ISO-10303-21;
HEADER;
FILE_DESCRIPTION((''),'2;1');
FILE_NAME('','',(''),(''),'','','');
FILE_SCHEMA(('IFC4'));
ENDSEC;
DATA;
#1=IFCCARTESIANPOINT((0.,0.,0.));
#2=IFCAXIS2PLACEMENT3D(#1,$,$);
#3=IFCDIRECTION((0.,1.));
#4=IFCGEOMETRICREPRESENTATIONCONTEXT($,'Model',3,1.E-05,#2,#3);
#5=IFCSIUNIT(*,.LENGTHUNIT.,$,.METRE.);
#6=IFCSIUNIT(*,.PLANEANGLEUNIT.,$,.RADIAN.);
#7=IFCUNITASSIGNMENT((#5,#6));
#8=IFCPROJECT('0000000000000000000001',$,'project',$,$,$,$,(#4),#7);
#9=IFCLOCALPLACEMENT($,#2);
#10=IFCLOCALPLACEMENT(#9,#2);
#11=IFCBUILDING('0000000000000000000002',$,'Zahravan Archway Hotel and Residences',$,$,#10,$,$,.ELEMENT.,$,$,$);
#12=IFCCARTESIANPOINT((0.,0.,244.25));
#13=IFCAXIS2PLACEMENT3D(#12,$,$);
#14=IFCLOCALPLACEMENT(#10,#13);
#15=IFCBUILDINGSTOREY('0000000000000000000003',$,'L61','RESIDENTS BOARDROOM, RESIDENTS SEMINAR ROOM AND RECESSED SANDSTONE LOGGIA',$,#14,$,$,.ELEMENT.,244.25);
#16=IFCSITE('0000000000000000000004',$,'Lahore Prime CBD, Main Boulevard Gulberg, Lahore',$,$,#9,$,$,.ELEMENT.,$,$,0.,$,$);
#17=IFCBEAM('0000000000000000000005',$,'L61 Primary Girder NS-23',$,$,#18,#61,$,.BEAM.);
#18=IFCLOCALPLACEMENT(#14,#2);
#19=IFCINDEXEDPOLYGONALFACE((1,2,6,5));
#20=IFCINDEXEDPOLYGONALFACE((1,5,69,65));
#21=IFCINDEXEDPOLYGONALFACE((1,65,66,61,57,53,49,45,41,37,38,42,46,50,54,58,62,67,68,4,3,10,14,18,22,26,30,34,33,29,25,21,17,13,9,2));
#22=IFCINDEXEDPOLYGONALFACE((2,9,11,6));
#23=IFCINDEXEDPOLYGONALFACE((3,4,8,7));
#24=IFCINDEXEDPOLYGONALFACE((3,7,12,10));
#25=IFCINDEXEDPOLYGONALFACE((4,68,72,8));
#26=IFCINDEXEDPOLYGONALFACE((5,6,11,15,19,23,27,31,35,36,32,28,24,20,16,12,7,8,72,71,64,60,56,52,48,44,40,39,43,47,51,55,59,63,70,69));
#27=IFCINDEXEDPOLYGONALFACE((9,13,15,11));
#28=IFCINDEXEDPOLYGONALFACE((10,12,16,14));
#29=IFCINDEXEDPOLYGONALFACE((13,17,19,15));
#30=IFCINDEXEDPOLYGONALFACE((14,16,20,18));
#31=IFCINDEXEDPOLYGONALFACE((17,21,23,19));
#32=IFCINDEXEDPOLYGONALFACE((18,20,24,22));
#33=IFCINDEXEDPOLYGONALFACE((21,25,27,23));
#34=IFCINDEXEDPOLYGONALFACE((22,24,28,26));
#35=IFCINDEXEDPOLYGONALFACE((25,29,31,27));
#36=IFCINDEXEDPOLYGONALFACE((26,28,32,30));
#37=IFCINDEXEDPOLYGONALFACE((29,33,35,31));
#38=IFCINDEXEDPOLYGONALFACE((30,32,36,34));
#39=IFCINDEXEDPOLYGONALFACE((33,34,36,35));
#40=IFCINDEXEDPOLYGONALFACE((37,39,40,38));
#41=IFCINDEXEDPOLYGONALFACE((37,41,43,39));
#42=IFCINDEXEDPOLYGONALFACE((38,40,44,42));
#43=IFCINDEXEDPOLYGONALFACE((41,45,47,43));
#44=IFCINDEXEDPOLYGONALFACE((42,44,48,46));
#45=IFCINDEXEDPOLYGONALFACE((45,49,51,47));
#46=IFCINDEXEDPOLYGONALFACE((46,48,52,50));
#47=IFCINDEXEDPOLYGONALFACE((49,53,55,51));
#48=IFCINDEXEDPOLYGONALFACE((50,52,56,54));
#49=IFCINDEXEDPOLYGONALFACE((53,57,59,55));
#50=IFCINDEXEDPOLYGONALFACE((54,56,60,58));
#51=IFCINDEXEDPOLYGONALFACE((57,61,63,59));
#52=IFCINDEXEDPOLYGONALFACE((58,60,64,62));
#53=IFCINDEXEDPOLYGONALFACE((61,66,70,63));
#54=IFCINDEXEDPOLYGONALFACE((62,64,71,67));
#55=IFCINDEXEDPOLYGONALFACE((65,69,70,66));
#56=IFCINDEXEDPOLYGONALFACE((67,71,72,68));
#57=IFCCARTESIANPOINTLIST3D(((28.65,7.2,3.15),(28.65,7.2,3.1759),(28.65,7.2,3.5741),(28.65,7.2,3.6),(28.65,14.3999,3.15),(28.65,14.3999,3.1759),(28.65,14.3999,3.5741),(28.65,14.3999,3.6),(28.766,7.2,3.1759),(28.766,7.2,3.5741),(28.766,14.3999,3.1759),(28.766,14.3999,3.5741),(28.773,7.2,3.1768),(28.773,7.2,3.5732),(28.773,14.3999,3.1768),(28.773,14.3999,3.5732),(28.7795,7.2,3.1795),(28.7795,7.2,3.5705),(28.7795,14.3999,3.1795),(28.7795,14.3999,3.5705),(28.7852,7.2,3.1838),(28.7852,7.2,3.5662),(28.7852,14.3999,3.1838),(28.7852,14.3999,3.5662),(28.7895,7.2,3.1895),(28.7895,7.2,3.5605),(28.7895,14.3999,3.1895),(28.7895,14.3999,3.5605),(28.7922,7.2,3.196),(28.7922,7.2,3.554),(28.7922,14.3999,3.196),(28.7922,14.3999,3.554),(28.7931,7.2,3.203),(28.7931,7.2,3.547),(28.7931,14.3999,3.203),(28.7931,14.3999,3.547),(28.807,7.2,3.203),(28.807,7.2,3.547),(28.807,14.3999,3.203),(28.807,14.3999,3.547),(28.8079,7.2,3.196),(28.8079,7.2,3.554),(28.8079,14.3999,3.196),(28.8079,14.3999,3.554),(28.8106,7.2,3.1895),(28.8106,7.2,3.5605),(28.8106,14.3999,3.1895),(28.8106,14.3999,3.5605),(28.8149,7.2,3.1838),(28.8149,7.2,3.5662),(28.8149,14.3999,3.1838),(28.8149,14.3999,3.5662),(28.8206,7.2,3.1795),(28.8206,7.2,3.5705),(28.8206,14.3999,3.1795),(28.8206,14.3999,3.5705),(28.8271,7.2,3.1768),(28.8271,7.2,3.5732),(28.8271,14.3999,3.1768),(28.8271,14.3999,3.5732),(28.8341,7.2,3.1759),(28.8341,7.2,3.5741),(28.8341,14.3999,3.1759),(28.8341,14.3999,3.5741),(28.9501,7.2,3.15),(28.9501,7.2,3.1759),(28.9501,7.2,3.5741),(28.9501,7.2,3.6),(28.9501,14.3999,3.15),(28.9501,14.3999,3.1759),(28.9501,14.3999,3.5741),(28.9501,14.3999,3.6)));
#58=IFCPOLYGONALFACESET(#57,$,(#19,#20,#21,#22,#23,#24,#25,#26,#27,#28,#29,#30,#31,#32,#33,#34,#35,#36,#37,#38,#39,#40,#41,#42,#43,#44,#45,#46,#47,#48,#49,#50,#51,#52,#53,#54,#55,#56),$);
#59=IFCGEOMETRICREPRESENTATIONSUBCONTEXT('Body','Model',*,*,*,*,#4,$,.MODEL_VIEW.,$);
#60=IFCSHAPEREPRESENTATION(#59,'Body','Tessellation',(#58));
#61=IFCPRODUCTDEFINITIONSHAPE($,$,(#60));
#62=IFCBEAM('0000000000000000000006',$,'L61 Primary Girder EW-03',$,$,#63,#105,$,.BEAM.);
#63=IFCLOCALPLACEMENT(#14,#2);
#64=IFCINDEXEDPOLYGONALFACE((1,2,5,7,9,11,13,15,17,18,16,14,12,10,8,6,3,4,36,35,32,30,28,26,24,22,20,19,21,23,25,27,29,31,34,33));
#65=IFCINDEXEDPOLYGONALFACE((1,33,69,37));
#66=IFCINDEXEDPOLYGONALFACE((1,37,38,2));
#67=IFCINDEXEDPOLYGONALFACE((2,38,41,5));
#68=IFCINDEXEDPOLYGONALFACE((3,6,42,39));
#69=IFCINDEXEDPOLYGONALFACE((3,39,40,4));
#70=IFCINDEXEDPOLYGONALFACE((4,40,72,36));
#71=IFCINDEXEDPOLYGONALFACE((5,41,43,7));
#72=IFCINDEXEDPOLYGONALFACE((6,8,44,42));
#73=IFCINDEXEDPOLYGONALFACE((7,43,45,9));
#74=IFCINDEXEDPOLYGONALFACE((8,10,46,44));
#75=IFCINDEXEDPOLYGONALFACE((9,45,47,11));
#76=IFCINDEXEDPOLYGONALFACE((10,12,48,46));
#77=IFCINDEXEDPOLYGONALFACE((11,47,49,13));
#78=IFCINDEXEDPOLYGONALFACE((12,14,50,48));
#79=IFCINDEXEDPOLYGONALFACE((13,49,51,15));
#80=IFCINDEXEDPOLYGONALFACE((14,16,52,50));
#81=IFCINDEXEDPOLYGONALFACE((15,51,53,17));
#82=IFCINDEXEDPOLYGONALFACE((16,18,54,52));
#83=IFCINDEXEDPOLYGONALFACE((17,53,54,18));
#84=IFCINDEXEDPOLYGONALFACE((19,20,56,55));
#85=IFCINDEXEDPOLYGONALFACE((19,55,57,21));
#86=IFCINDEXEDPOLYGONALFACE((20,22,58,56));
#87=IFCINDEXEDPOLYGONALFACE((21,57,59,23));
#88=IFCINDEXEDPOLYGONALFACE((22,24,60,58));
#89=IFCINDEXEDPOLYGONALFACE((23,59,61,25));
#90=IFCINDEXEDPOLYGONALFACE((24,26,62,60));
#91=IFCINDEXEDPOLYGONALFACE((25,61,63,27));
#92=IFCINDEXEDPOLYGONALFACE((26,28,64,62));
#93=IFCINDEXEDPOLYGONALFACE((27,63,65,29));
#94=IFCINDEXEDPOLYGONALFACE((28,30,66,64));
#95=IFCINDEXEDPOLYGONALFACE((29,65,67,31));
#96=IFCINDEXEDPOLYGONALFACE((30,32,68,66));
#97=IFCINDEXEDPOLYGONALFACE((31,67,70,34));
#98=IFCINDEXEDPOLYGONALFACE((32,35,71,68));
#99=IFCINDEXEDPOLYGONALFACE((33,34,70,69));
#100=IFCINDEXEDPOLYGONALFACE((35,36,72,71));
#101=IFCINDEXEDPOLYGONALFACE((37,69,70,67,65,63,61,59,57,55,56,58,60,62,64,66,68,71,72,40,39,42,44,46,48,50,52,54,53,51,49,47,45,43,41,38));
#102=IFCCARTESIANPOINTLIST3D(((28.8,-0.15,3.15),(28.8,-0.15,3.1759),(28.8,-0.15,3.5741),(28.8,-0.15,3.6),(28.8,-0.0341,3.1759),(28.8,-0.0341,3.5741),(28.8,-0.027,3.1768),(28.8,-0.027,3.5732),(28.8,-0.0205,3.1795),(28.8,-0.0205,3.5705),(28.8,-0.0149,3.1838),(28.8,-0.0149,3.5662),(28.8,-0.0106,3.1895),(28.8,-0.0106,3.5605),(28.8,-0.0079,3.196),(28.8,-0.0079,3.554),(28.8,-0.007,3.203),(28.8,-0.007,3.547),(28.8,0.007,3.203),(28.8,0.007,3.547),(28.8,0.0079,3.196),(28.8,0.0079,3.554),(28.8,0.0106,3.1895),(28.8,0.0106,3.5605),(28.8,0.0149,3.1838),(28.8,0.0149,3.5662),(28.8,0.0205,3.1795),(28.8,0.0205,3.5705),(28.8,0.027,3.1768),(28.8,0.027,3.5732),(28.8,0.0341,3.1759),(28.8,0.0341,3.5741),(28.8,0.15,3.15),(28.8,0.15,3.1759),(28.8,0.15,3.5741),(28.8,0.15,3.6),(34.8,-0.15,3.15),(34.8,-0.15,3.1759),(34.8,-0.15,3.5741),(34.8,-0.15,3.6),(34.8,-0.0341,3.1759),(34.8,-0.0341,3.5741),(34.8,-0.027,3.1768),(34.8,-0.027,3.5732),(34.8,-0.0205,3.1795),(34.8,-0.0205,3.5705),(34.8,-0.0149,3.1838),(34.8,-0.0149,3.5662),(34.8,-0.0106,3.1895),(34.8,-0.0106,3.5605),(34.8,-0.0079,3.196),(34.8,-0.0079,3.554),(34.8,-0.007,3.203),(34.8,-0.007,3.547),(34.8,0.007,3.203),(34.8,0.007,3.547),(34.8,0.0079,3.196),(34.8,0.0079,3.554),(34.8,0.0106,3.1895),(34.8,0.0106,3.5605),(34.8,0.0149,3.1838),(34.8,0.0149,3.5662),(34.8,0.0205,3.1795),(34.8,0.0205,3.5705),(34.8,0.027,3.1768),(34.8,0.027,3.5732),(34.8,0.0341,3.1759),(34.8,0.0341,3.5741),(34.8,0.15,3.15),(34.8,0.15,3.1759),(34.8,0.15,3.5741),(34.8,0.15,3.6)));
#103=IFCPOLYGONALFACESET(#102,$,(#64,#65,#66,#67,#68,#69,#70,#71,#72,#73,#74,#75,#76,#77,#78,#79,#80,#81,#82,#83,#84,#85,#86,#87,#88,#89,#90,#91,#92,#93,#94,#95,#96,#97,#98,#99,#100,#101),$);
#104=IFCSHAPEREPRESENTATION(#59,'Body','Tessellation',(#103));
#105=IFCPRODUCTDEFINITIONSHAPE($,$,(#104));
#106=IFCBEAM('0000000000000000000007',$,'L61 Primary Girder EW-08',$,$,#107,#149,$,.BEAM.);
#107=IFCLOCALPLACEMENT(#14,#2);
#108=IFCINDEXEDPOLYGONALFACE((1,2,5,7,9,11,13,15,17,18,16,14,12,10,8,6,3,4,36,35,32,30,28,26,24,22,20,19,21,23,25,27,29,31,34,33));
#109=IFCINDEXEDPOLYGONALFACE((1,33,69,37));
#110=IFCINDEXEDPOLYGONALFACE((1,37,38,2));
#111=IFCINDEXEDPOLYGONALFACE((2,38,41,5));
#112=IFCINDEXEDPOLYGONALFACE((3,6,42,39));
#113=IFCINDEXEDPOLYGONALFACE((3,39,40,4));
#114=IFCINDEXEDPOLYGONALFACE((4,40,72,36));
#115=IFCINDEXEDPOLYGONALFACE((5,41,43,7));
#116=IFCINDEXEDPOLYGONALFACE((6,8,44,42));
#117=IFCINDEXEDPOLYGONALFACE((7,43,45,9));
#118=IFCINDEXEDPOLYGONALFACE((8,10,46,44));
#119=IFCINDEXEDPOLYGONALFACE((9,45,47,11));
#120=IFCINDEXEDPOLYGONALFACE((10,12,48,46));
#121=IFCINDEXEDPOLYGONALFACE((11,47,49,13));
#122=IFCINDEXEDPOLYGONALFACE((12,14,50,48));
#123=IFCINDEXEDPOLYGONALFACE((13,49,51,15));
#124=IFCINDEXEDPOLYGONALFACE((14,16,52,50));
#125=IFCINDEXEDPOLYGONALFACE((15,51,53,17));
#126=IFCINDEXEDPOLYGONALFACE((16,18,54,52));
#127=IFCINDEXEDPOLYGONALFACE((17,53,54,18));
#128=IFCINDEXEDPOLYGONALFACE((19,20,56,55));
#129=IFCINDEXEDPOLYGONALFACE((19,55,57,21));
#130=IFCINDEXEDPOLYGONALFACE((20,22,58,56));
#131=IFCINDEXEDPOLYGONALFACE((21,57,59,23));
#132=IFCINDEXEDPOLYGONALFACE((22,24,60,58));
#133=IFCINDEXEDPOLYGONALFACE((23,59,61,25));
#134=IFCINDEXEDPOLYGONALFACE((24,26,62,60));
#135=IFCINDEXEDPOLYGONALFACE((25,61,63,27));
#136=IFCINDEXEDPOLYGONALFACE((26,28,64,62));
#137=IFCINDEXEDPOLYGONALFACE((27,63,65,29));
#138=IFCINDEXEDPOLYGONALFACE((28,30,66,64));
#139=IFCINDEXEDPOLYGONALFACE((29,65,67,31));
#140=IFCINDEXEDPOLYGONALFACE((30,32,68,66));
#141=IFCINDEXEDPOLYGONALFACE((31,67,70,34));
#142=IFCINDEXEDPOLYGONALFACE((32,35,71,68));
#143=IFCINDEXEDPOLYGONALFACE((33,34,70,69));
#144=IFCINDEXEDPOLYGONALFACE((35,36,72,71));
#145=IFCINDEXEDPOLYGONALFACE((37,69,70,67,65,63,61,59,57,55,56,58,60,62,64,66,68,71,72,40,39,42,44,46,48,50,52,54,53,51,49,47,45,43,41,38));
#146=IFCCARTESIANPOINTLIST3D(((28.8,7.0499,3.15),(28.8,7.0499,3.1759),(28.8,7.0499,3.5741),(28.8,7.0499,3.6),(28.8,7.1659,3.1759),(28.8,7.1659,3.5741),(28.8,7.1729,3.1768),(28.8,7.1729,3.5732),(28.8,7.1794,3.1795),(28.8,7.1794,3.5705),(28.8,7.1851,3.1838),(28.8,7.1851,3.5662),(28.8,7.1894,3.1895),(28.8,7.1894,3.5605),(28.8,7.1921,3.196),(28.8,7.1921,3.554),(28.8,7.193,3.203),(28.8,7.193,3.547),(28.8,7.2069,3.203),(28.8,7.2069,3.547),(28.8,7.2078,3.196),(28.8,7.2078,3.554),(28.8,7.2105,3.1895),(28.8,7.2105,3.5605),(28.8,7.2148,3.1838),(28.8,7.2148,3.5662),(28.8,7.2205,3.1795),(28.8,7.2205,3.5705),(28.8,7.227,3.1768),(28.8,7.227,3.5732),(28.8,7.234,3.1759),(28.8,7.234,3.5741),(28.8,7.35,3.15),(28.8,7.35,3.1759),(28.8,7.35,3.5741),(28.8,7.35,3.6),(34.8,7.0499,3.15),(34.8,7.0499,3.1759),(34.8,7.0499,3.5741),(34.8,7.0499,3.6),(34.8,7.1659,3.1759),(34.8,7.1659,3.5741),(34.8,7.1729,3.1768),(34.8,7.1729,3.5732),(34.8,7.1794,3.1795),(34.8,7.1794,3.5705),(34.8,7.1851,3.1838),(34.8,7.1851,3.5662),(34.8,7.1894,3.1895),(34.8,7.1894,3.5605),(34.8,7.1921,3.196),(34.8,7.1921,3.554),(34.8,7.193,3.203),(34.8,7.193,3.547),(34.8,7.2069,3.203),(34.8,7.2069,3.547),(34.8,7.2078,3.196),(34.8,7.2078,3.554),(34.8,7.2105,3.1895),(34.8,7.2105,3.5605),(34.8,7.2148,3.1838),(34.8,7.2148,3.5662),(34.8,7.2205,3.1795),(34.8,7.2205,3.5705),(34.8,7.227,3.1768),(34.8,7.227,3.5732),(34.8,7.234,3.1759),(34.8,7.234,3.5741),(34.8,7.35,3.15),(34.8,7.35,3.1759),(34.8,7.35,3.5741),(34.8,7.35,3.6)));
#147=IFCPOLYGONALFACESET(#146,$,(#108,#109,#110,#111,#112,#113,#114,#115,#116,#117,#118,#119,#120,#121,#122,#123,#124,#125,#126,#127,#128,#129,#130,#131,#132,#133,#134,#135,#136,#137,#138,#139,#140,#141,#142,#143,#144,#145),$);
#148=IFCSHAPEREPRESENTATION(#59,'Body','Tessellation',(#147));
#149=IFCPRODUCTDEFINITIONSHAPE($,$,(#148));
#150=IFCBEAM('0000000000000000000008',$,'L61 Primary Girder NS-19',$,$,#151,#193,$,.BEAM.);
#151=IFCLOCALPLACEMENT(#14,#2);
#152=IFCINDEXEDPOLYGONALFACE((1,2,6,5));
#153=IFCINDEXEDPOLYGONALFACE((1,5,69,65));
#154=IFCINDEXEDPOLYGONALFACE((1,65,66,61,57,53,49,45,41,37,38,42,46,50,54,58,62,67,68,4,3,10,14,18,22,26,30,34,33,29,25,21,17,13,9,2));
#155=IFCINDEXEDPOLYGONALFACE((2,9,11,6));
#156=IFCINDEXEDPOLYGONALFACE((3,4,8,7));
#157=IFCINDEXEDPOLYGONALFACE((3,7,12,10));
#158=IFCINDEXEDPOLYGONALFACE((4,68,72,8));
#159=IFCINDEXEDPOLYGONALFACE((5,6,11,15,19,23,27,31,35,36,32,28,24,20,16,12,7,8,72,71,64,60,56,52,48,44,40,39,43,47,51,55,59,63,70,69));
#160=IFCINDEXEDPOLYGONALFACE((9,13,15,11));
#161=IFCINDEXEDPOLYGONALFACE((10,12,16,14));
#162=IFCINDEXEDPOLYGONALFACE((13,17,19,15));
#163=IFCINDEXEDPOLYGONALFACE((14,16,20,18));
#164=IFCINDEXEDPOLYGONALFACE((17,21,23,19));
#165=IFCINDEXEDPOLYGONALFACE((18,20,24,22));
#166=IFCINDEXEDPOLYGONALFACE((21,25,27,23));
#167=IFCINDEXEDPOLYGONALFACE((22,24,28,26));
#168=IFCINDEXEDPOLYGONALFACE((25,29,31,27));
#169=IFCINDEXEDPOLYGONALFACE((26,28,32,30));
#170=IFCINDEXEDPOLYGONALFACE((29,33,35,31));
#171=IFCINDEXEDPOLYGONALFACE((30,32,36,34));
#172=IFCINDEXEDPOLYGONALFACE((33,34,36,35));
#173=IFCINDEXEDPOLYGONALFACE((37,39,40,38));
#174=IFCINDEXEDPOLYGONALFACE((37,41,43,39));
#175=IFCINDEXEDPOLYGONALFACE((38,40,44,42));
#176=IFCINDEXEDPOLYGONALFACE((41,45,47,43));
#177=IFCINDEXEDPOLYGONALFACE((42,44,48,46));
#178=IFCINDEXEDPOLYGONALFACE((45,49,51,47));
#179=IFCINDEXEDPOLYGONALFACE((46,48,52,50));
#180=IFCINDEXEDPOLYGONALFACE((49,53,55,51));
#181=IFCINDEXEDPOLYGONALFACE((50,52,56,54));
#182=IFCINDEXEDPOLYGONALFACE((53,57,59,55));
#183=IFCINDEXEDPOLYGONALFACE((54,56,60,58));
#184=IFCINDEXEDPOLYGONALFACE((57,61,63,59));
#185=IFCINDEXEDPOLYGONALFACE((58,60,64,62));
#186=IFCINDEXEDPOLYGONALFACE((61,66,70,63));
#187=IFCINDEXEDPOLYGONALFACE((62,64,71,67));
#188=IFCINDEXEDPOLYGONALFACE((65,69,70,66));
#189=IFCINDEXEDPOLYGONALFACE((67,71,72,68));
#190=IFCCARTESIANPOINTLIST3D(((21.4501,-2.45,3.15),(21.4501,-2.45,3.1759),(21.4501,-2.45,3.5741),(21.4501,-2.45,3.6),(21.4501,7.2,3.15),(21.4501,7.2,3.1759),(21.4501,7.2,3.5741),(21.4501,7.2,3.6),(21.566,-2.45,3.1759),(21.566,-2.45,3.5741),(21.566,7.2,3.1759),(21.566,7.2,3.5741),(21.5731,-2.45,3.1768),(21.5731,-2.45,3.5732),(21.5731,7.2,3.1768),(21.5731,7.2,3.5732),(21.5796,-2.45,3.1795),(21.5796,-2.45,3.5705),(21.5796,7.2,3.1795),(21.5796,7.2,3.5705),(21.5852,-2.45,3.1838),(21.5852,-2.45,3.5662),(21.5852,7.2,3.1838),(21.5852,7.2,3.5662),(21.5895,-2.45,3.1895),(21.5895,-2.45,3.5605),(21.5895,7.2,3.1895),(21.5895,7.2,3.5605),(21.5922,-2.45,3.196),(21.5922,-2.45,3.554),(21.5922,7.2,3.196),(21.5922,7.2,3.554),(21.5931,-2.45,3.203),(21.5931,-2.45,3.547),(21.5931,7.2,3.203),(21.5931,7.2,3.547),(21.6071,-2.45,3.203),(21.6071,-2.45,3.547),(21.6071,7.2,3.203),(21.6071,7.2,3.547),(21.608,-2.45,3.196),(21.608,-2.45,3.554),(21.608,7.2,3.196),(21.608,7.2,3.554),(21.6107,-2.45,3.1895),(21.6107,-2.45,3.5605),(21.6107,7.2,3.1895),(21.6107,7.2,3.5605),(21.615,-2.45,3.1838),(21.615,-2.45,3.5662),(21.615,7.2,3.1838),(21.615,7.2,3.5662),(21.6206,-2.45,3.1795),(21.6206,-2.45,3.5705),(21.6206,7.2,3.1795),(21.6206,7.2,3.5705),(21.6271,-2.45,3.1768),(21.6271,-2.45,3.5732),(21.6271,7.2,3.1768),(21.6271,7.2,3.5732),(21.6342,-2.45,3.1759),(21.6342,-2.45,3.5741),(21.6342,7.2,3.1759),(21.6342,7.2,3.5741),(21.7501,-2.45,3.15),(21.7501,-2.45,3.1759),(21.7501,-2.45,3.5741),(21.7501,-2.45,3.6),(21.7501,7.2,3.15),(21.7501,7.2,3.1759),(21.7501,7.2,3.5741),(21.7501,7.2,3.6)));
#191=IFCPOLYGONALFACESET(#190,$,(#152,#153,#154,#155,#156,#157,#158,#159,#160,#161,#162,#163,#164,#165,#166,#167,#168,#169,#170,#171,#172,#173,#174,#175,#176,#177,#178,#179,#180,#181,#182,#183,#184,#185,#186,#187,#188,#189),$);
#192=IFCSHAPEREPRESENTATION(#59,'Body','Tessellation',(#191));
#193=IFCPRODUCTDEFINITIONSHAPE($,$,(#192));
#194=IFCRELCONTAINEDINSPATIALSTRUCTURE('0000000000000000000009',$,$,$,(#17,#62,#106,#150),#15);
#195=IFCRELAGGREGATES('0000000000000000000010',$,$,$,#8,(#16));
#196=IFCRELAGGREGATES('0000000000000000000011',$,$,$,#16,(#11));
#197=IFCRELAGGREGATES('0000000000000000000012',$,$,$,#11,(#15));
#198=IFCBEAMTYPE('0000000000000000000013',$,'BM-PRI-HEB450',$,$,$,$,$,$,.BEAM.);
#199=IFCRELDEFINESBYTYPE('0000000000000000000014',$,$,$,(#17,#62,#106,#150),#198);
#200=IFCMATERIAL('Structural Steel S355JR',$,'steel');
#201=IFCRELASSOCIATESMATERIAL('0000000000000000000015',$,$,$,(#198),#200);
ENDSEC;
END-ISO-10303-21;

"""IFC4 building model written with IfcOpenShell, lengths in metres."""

from ifc_helpers import new_model, si_unit, direction, frame, origin, origin_2d, place, context, subcontext, project, spatial, i_section, extrude, source, transform, mapped, material, material_profile, profile_set, type_object, element, save


model = new_model("IFC4")

# Units and contexts
model_context = context("Model", 3, precision=1e-05, world=origin(), true_north=direction((0.0, 1.0)))
body_context = subcontext(model_context, "Body", "Model", "MODEL_VIEW")
ifc_project = project(units=[si_unit("LENGTHUNIT", "METRE"), si_unit("PLANEANGLEUNIT", "RADIAN")], contexts=[model_context])

# Site, building, storey
site_placement = place(None, origin())
site = spatial("IfcSite", under=ifc_project, at=site_placement, Name="Lahore Prime CBD, Main Boulevard Gulberg, Lahore", CompositionType="ELEMENT", RefElevation=0.0)
building_placement = place(site_placement, origin())
building = spatial("IfcBuilding", under=site, at=building_placement, Name="Zahravan Archway Hotel and Residences", CompositionType="ELEMENT")
storey_placement = place(building_placement, frame((0.0, 0.0, 244.25)))
storey = spatial("IfcBuildingStorey", under=building, at=storey_placement, Name="L61", Description="RESIDENTS BOARDROOM, RESIDENTS SEMINAR ROOM AND RECESSED SANDSTONE LOGGIA", CompositionType="ELEMENT", Elevation=244.25)

# Beams
ifc_material_1 = material(Name="Structural Steel S355JR", Category="steel")
ifc_material_profile_1 = material_profile(ifc_material_1, i_section(OverallWidth=0.3, OverallDepth=0.45, WebThickness=0.0139, FlangeThickness=0.0259, FilletRadius=0.0271, at=origin_2d()), Name="HEB 450", Category="steel")
ifc_profile_set_1 = profile_set([ifc_material_profile_1], Name="Structural Steel S355JR")
beam_type_1 = type_object("IfcBeamType", Name="BM-PRI-HEB450", PredefinedType="BEAM", material=ifc_profile_set_1)
shared_shape_1 = source(origin(), body_context, "Body", "SweptSolid", [
    extrude(i_section(OverallWidth=0.3, OverallDepth=0.45, WebThickness=0.0139, FlangeThickness=0.0259, FilletRadius=0.0271, at=origin_2d()), origin(), (0.0, 0.0, 1.0), 7.2),
])
for number, where, z_axis, x_axis, name in (
    (1, (28.8, 7.2, 3.375), (0.0, 1.0, 0.0), (-1.0, 0.0, 0.0), "L61 Primary Girder NS-23"),
):
    element("IfcBeam", number, at=place(storey_placement, frame(where, z_axis=z_axis, x_axis=x_axis)), inside=storey, type_object=beam_type_1, Name=name, PredefinedType="BEAM", context=body_context, shape_type="MappedRepresentation", body=[
        mapped(shared_shape_1, transform((0.0, 0.0, 0.0), scale=1.0)),
    ])
shared_shape_2 = source(origin(), body_context, "Body", "SweptSolid", [
    extrude(i_section(OverallWidth=0.3, OverallDepth=0.45, WebThickness=0.0139, FlangeThickness=0.0259, FilletRadius=0.0271, at=origin_2d()), origin(), (0.0, 0.0, 1.0), 6.0),
])
for number, where, z_axis, x_axis, name in (
    (2, (28.8, 0.0, 3.375), (1.0, 0.0, 0.0), (0.0, 1.0, 0.0), "L61 Primary Girder EW-03"),
    (3, (28.8, 7.2, 3.375), (1.0, 0.0, 0.0), (0.0, 1.0, 0.0), "L61 Primary Girder EW-08"),
):
    element("IfcBeam", number, at=place(storey_placement, frame(where, z_axis=z_axis, x_axis=x_axis)), inside=storey, type_object=beam_type_1, Name=name, PredefinedType="BEAM", context=body_context, shape_type="MappedRepresentation", body=[
        mapped(shared_shape_2, transform((0.0, 0.0, 0.0), scale=1.0)),
    ])
shared_shape_3 = source(origin(), body_context, "Body", "SweptSolid", [
    extrude(i_section(OverallWidth=0.3, OverallDepth=0.45, WebThickness=0.0139, FlangeThickness=0.0259, FilletRadius=0.0271, at=origin_2d()), origin(), (0.0, 0.0, 1.0), 9.6499),
])
for number, where, z_axis, x_axis, name in (
    (4, (21.6001, -2.45, 3.375), (0.0, 1.0, 0.0), (-1.0, 0.0, 0.0), "L61 Primary Girder NS-19"),
):
    element("IfcBeam", number, at=place(storey_placement, frame(where, z_axis=z_axis, x_axis=x_axis)), inside=storey, type_object=beam_type_1, Name=name, PredefinedType="BEAM", context=body_context, shape_type="MappedRepresentation", body=[
        mapped(shared_shape_3, transform((0.0, 0.0, 0.0), scale=1.0)),
    ])

save(model, "model.ifc")
